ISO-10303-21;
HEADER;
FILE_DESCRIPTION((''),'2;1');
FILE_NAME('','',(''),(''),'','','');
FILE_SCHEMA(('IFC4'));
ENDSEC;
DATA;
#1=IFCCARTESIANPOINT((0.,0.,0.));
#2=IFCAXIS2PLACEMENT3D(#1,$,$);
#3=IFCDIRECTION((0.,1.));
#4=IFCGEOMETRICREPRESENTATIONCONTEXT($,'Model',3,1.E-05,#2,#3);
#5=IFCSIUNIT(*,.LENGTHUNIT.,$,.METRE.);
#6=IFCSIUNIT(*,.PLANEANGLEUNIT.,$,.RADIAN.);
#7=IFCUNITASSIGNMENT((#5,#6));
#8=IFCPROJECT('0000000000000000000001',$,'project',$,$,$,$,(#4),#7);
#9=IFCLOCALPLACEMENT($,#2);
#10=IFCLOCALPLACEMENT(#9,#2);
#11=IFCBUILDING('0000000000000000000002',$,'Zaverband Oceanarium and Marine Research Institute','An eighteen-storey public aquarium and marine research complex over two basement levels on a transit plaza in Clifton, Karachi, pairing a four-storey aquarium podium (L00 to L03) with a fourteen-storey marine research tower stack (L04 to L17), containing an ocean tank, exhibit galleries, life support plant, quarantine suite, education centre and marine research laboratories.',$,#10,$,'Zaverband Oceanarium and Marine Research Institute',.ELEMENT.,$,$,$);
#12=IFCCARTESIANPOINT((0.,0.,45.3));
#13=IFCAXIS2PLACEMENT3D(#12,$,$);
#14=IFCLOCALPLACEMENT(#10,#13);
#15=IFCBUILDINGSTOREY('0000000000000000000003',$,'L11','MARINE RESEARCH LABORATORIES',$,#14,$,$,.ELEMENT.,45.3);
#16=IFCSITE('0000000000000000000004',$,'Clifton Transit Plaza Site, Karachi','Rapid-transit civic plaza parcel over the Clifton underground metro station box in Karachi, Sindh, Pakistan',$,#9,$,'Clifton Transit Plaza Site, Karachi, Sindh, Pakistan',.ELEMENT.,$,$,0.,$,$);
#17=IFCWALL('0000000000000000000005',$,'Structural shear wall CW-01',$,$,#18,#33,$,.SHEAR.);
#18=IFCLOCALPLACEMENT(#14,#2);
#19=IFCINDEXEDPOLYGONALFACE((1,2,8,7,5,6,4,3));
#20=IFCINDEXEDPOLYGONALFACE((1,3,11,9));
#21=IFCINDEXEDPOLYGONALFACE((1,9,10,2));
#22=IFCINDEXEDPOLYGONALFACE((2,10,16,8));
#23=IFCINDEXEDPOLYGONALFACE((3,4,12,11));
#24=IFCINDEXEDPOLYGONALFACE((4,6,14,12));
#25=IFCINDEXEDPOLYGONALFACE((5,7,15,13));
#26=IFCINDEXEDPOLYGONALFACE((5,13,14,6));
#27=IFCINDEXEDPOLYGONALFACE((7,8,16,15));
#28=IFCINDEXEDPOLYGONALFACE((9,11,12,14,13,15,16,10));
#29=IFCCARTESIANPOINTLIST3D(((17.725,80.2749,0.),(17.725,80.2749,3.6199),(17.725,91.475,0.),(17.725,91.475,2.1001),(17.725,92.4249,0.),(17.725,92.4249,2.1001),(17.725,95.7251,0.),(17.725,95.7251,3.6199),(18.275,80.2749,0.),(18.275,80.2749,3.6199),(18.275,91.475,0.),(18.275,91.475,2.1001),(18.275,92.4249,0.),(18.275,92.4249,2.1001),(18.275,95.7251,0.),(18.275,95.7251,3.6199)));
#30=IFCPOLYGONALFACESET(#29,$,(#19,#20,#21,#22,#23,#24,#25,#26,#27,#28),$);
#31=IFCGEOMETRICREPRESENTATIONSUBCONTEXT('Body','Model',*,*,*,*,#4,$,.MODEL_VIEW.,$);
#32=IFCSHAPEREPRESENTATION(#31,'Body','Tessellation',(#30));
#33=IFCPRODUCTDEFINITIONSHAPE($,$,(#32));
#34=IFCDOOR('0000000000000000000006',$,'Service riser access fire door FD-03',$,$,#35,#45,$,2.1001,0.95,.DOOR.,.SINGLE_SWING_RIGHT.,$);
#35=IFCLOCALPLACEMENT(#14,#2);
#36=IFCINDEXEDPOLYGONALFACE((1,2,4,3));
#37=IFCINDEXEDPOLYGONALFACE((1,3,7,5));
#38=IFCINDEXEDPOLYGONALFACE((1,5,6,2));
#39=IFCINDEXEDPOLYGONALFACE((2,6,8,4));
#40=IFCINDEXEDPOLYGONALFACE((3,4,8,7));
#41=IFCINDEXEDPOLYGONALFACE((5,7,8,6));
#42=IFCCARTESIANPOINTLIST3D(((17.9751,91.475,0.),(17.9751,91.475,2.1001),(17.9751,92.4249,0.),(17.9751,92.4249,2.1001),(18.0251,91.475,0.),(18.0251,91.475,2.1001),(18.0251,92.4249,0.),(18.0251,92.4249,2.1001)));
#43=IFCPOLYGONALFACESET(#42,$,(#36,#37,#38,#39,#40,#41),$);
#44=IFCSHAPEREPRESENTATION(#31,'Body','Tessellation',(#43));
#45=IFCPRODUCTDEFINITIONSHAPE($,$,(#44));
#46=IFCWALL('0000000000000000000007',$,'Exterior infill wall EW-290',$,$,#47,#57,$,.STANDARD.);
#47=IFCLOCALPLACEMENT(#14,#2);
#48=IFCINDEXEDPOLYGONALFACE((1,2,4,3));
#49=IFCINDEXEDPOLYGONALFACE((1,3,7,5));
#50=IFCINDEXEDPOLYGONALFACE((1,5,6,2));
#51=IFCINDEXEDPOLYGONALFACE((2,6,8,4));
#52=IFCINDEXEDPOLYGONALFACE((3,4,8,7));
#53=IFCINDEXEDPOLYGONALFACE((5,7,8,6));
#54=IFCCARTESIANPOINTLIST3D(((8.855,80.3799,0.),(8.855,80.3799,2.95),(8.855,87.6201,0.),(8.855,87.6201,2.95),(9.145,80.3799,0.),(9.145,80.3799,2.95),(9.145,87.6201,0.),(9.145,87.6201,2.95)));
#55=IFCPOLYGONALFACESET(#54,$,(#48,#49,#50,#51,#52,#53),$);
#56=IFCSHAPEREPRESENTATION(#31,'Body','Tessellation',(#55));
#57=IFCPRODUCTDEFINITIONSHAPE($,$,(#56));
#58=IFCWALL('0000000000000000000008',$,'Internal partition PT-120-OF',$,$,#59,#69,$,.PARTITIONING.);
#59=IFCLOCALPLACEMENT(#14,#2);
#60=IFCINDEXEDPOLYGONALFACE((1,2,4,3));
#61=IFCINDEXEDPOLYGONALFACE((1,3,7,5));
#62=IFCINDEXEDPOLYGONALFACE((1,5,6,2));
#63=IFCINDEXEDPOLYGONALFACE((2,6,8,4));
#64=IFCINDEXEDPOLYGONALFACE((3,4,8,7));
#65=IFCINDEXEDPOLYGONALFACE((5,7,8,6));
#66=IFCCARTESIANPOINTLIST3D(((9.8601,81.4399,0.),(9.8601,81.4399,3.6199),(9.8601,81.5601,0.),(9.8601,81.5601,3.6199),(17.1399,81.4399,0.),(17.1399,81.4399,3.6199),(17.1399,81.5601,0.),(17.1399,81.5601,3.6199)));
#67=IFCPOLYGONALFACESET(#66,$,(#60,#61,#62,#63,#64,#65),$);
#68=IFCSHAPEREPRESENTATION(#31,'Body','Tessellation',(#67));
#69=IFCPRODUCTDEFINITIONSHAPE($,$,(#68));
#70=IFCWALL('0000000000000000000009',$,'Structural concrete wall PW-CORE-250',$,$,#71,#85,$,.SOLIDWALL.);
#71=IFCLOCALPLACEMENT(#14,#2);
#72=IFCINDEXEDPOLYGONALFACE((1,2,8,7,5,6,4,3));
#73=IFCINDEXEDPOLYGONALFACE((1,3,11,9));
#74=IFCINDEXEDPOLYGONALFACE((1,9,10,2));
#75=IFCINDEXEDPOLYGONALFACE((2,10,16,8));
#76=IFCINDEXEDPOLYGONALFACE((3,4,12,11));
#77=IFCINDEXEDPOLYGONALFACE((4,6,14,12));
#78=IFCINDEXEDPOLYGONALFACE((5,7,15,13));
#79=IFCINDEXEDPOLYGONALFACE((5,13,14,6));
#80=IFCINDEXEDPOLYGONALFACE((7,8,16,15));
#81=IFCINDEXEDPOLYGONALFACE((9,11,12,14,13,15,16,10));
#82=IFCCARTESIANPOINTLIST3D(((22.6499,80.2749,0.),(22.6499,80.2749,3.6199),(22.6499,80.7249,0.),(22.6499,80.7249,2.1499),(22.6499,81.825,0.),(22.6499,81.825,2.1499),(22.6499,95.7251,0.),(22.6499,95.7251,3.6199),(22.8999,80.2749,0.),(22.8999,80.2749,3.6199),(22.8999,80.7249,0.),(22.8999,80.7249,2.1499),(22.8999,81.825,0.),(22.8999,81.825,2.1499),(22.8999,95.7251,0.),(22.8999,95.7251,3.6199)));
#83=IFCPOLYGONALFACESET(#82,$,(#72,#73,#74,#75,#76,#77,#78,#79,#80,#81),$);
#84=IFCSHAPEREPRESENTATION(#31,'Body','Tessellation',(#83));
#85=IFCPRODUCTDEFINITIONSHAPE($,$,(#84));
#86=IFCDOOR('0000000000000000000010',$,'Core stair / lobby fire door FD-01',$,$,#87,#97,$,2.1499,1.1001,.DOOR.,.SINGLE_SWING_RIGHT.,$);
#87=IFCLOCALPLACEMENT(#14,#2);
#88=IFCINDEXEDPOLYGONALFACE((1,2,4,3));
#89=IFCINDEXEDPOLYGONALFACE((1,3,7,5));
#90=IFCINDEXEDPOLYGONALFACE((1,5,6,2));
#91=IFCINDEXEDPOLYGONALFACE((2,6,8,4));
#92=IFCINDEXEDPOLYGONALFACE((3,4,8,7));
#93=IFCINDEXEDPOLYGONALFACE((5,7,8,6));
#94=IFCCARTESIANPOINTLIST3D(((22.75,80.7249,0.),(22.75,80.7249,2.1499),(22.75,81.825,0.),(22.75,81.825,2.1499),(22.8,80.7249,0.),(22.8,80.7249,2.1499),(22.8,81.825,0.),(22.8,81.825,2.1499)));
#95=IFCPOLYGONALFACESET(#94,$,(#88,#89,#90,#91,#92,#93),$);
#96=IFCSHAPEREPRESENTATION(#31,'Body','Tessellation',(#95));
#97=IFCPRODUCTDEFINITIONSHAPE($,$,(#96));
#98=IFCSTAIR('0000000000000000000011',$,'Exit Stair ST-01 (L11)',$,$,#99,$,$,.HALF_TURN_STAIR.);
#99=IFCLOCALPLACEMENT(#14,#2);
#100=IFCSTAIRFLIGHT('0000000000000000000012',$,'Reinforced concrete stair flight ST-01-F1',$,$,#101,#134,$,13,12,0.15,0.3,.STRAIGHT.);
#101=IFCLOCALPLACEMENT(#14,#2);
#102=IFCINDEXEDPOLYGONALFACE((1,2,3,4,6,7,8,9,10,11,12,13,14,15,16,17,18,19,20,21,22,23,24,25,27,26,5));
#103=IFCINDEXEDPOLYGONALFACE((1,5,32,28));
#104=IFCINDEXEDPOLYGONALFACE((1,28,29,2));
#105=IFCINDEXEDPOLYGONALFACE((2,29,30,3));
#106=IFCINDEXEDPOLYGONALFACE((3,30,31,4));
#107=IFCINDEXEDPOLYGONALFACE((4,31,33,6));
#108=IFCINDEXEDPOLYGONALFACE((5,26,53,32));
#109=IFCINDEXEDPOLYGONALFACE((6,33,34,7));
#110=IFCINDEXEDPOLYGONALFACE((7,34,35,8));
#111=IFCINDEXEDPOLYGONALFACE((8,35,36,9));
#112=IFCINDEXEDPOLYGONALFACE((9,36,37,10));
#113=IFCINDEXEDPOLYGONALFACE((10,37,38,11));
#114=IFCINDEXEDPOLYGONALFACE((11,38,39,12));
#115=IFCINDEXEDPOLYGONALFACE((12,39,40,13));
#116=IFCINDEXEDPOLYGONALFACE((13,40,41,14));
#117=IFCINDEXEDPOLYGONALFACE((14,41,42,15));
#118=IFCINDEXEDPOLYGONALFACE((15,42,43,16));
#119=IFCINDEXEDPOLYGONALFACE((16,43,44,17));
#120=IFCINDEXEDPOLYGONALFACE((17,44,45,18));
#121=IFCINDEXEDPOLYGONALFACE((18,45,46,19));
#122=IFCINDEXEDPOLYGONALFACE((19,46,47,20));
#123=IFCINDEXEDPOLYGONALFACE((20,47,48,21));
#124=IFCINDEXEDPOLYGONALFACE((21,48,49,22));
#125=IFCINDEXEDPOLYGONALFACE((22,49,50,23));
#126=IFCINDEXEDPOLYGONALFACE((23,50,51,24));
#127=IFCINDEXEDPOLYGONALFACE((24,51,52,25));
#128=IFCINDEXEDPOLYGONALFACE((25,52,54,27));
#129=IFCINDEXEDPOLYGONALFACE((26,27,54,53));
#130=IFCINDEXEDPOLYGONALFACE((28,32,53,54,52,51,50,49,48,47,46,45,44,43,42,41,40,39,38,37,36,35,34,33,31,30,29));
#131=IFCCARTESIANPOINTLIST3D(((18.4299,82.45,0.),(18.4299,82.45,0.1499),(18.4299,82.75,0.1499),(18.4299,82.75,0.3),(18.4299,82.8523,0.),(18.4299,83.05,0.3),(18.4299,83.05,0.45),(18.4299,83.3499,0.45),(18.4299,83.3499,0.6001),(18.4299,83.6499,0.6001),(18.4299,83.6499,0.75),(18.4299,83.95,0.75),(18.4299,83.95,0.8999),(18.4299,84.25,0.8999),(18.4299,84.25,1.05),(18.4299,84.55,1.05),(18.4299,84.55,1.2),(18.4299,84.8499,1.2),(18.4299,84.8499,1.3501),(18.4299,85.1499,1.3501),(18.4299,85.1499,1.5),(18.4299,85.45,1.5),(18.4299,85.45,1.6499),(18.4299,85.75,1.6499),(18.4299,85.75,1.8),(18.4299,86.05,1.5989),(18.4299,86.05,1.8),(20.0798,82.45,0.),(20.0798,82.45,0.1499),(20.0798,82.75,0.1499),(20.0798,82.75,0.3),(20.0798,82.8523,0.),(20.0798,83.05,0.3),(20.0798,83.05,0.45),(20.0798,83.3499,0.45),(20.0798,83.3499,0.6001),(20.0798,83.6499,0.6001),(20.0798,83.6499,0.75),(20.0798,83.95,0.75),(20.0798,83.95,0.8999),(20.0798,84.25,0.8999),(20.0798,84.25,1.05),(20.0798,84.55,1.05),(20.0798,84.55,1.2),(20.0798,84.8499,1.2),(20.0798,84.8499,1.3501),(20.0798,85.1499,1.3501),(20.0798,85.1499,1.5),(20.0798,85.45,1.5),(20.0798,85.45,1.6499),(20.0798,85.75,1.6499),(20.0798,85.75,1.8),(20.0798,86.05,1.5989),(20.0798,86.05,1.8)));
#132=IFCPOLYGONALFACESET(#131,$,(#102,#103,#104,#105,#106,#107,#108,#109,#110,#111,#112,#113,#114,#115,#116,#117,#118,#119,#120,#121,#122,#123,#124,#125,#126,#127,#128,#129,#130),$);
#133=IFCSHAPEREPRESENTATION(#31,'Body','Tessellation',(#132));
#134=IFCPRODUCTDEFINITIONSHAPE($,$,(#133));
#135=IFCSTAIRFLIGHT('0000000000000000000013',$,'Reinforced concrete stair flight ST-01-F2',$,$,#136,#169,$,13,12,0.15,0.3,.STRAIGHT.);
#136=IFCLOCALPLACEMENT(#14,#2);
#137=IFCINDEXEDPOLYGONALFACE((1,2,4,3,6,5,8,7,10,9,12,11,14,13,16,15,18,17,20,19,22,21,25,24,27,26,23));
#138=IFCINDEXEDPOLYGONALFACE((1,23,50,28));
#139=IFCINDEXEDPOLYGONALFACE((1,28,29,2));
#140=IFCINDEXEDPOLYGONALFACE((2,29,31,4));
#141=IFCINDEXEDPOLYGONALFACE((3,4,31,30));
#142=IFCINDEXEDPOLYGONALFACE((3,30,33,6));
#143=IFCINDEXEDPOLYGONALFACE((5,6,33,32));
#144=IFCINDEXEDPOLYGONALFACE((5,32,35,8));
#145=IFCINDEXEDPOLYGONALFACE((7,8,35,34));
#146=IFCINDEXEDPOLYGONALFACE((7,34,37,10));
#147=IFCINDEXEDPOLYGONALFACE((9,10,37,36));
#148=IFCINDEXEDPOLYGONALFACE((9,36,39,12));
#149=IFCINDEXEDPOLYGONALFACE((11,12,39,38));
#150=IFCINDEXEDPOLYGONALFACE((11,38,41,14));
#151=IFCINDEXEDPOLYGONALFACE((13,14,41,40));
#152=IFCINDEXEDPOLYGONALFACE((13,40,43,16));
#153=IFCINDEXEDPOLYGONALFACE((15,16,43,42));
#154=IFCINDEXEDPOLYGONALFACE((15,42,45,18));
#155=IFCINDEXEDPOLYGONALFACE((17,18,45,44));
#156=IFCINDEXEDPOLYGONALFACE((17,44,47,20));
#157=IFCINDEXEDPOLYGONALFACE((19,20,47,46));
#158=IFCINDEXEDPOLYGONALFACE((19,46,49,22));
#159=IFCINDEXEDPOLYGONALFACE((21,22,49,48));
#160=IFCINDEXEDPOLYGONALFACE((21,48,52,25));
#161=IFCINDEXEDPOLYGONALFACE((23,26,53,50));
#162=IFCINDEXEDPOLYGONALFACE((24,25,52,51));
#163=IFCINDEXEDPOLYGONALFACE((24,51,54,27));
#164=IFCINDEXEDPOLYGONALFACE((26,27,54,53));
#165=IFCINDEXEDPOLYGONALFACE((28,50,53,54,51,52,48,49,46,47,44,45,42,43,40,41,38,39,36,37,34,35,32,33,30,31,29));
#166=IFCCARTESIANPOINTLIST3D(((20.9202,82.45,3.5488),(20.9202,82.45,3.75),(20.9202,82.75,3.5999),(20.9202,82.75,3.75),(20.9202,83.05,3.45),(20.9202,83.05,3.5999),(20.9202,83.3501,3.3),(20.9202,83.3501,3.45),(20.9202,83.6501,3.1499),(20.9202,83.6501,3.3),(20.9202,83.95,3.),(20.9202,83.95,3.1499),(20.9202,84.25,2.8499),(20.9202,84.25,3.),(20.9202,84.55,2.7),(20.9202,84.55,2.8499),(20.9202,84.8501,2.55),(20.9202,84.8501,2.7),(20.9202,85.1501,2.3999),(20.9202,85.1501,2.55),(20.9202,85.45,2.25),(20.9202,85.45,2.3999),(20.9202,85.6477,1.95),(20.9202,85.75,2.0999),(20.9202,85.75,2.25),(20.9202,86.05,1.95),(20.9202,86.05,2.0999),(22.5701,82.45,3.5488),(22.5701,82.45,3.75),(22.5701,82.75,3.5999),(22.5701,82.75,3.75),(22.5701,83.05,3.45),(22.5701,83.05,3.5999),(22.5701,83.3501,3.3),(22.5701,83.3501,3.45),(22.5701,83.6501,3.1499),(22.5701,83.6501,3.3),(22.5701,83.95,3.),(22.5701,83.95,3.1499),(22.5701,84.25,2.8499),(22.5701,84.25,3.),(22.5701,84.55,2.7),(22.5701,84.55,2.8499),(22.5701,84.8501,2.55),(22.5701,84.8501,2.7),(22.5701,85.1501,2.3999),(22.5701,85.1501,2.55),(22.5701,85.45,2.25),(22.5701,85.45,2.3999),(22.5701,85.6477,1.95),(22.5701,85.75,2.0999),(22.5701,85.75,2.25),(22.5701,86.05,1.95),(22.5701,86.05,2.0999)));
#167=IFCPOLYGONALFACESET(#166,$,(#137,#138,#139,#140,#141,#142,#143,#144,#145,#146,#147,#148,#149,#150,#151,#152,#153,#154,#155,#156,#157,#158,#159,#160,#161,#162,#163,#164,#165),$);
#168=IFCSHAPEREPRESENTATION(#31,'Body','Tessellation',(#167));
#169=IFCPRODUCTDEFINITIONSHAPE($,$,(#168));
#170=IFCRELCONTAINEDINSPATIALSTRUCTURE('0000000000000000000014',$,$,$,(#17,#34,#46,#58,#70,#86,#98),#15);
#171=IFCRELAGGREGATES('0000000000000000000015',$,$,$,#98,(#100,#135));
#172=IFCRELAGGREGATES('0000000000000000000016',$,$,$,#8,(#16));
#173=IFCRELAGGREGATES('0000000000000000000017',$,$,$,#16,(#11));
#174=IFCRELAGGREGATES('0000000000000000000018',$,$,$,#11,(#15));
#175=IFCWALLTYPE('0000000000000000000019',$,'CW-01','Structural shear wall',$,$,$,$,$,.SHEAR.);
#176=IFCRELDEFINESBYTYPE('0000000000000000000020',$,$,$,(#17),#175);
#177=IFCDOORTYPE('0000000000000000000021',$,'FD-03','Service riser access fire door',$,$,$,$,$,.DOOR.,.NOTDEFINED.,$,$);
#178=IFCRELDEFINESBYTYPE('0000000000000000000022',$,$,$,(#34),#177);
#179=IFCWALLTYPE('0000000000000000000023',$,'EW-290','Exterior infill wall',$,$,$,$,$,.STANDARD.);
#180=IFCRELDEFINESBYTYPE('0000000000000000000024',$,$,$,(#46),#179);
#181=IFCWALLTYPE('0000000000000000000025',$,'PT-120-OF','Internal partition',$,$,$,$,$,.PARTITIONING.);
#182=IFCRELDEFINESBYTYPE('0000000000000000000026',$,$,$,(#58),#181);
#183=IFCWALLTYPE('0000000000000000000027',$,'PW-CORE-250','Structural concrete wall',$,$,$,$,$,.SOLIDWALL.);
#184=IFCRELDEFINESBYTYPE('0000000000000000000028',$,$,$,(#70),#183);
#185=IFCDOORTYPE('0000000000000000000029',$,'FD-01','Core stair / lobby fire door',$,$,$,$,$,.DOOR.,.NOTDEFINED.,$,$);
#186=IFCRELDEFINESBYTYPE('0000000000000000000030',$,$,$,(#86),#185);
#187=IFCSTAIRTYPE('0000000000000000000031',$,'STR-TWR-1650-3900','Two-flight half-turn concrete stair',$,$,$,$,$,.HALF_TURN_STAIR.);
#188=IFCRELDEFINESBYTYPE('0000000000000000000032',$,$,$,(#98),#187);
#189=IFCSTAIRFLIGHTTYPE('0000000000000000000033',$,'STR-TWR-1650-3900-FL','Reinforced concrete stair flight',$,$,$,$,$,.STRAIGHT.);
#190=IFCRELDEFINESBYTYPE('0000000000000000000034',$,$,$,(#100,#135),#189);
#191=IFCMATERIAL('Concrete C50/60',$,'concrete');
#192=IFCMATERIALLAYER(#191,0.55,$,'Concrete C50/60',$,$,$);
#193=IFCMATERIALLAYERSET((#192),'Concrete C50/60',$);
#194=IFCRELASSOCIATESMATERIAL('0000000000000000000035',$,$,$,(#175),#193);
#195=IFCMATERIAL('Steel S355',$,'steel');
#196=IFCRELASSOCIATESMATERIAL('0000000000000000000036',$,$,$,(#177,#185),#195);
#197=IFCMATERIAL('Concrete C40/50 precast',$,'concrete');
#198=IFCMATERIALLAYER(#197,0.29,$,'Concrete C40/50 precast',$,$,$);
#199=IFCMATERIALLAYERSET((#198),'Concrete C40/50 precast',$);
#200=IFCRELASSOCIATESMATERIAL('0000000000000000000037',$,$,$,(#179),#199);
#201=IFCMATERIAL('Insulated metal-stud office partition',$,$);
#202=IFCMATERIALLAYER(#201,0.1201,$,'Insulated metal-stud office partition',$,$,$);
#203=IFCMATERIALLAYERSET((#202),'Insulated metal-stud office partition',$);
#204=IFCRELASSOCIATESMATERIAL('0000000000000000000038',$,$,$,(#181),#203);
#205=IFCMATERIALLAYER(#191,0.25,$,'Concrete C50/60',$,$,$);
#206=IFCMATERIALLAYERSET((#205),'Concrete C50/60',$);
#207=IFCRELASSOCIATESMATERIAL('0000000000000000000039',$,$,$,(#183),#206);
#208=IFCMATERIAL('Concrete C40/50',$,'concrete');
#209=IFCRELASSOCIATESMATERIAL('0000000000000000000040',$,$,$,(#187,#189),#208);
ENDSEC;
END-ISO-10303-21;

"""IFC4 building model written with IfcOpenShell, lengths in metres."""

from ifc_helpers import new_model, si_unit, direction, frame, frame_2d, origin, place, context, subcontext, project, spatial, polyline, rectangle, outline, extrude, material, layer, layer_set, type_object, element, fill, aggregate, save


model = new_model("IFC4")

# Units and contexts
model_context = context("Model", 3, precision=1e-05, world=origin(), true_north=direction((0.0, 1.0)))
body_context = subcontext(model_context, "Body", "Model", "MODEL_VIEW")
ifc_project = project(units=[si_unit("LENGTHUNIT", "METRE"), si_unit("PLANEANGLEUNIT", "RADIAN")], contexts=[model_context])

# Site, building, storey
site_placement = place(None, origin())
site = spatial("IfcSite", under=ifc_project, at=site_placement, Name="Clifton Transit Plaza Site, Karachi", Description="Rapid-transit civic plaza parcel over the Clifton underground metro station box in Karachi, Sindh, Pakistan", LongName="Clifton Transit Plaza Site, Karachi, Sindh, Pakistan", CompositionType="ELEMENT", RefElevation=0.0)
building_placement = place(site_placement, origin())
building = spatial("IfcBuilding", under=site, at=building_placement, Name="Zaverband Oceanarium and Marine Research Institute", Description="An eighteen-storey public aquarium and marine research complex over two basement levels on a transit plaza in Clifton, Karachi, pairing a four-storey aquarium podium (L00 to L03) with a fourteen-storey marine research tower stack (L04 to L17), containing an ocean tank, exhibit galleries, life support plant, quarantine suite, education centre and marine research laboratories.", LongName="Zaverband Oceanarium and Marine Research Institute", CompositionType="ELEMENT")
storey_placement = place(building_placement, frame((0.0, 0.0, 45.3)))
storey = spatial("IfcBuildingStorey", under=building, at=storey_placement, Name="L11", Description="MARINE RESEARCH LABORATORIES", CompositionType="ELEMENT", Elevation=45.3)

# Shared definitions
ifc_material_1 = material(Name="Concrete C50/60", Category="concrete")

# Shared definitions
ifc_material_2 = material(Name="Concrete C40/50", Category="concrete")

# Wall, opening, door
ifc_layer_1 = layer(ifc_material_1, 0.55, Name="Concrete C50/60")
ifc_layer_set_1 = layer_set([ifc_layer_1], Name="Concrete C50/60")
wall_type_1 = type_object("IfcWallType", Name="CW-01", Description="Structural shear wall", PredefinedType="SHEAR", material=ifc_layer_set_1)
ifc_material_3 = material(Name="Steel S355", Category="steel")
wall_1_placement = place(storey_placement, frame((18.0, 80.2749, 0.0), z_axis=(0.0, 0.0, 1.0), x_axis=(0.0, 1.0, 0.0)))
wall_1 = element("IfcWall", 1, at=wall_1_placement, inside=storey, type_object=wall_type_1, Name="Structural shear wall CW-01", PredefinedType="SHEAR", context=body_context, shape_type="SweptSolid", body=[
    extrude(rectangle(XDim=15.4502, YDim=0.55, at=frame_2d((7.7251, 0.0))), origin(), (0.0, 0.0, 1.0), 3.6199),
])
opening_1_placement = place(wall_1_placement, frame((11.2, 0.0, 0.0)))
opening_1 = element("IfcOpeningElement", 2, at=opening_1_placement, cuts=wall_1, PredefinedType="OPENING", context=body_context, shape_type="SweptSolid", body=[
    extrude(rectangle(XDim=0.95, YDim=2.1001, at=frame_2d((0.4751, 1.05))), frame((0.0, 0.2871, 0.0), z_axis=(0.0, -1.0, 0.0), x_axis=(1.0, 0.0, 0.0)), (0.0, 0.0, 1.0), 0.574),
])
door_type_1 = type_object("IfcDoorType", Name="FD-03", Description="Service riser access fire door", OperationType="NOTDEFINED", PredefinedType="DOOR", material=ifc_material_3)
door_1_placement = place(opening_1_placement, origin())
door_1 = element("IfcDoor", 3, at=door_1_placement, inside=storey, type_object=door_type_1, Name="Service riser access fire door FD-03", OperationType="SINGLE_SWING_RIGHT", OverallHeight=2.1001, OverallWidth=0.95, PredefinedType="DOOR", context=body_context, shape_type="SweptSolid", body=[
    extrude(rectangle(XDim=0.95, YDim=2.1001, at=frame_2d((0.4751, 1.05))), frame((0.0, 0.0249, 0.0), z_axis=(0.0, -1.0, 0.0), x_axis=(1.0, 0.0, 0.0)), (0.0, 0.0, 1.0), 0.05),
])
fill(opening_1, door_1)

# Walls
ifc_material_4 = material(Name="Concrete C40/50 precast", Category="concrete")
ifc_layer_2 = layer(ifc_material_4, 0.29, Name="Concrete C40/50 precast")
ifc_layer_set_2 = layer_set([ifc_layer_2], Name="Concrete C40/50 precast")
wall_type_2 = type_object("IfcWallType", Name="EW-290", Description="Exterior infill wall", PredefinedType="STANDARD", material=ifc_layer_set_2)
wall_2_placement = place(storey_placement, frame((9.0, 80.3799, 0.0), z_axis=(0.0, 0.0, 1.0), x_axis=(0.0, 1.0, 0.0)))
element("IfcWall", 4, at=wall_2_placement, inside=storey, type_object=wall_type_2, Name="Exterior infill wall EW-290", PredefinedType="STANDARD", context=body_context, shape_type="SweptSolid", body=[
    extrude(rectangle(XDim=7.2402, YDim=0.29, at=frame_2d((3.6201, 0.0))), origin(), (0.0, 0.0, 1.0), 2.95),
])
ifc_material_5 = material(Name="Insulated metal-stud office partition")
ifc_layer_3 = layer(ifc_material_5, 0.1201, Name="Insulated metal-stud office partition")
ifc_layer_set_3 = layer_set([ifc_layer_3], Name="Insulated metal-stud office partition")
wall_type_3 = type_object("IfcWallType", Name="PT-120-OF", Description="Internal partition", PredefinedType="PARTITIONING", material=ifc_layer_set_3)
wall_3_placement = place(storey_placement, frame((9.8601, 81.5, 0.0), z_axis=(0.0, 0.0, 1.0), x_axis=(1.0, 0.0, 0.0)))
element("IfcWall", 5, at=wall_3_placement, inside=storey, type_object=wall_type_3, Name="Internal partition PT-120-OF", PredefinedType="PARTITIONING", context=body_context, shape_type="SweptSolid", body=[
    extrude(rectangle(XDim=7.2798, YDim=0.1201, at=frame_2d((3.6399, 0.0))), origin(), (0.0, 0.0, 1.0), 3.6199),
])

# Wall, opening, door
ifc_layer_4 = layer(ifc_material_1, 0.25, Name="Concrete C50/60")
ifc_layer_set_4 = layer_set([ifc_layer_4], Name="Concrete C50/60")
wall_type_4 = type_object("IfcWallType", Name="PW-CORE-250", Description="Structural concrete wall", PredefinedType="SOLIDWALL", material=ifc_layer_set_4)
wall_4_placement = place(storey_placement, frame((22.7749, 80.2749, 0.0), z_axis=(0.0, 0.0, 1.0), x_axis=(0.0, 1.0, 0.0)))
wall_4 = element("IfcWall", 6, at=wall_4_placement, inside=storey, type_object=wall_type_4, Name="Structural concrete wall PW-CORE-250", PredefinedType="SOLIDWALL", context=body_context, shape_type="SweptSolid", body=[
    extrude(rectangle(XDim=15.4502, YDim=0.25, at=frame_2d((7.7251, 0.0))), origin(), (0.0, 0.0, 1.0), 3.6199),
])
opening_2_placement = place(wall_4_placement, frame((0.45, 0.0, 0.0)))
opening_2 = element("IfcOpeningElement", 7, at=opening_2_placement, cuts=wall_4, PredefinedType="OPENING", context=body_context, shape_type="SweptSolid", body=[
    extrude(rectangle(XDim=1.1001, YDim=2.1499, at=frame_2d((0.55, 1.075))), frame((0.0, 0.137, 0.0), z_axis=(0.0, -1.0, 0.0), x_axis=(1.0, 0.0, 0.0)), (0.0, 0.0, 1.0), 0.2739),
])
door_type_2 = type_object("IfcDoorType", Name="FD-01", Description="Core stair / lobby fire door", OperationType="NOTDEFINED", PredefinedType="DOOR", material=ifc_material_3)
door_2_placement = place(opening_2_placement, origin())
door_2 = element("IfcDoor", 8, at=door_2_placement, inside=storey, type_object=door_type_2, Name="Core stair / lobby fire door FD-01", OperationType="SINGLE_SWING_RIGHT", OverallHeight=2.1499, OverallWidth=1.1001, PredefinedType="DOOR", context=body_context, shape_type="SweptSolid", body=[
    extrude(rectangle(XDim=1.1001, YDim=2.1499, at=frame_2d((0.55, 1.075))), frame((0.0, 0.0249, 0.0), z_axis=(0.0, -1.0, 0.0), x_axis=(1.0, 0.0, 0.0)), (0.0, 0.0, 1.0), 0.05),
])
fill(opening_2, door_2)

# Stair, stair flights
stair_type = type_object("IfcStairType", Name="STR-TWR-1650-3900", Description="Two-flight half-turn concrete stair", PredefinedType="HALF_TURN_STAIR", material=ifc_material_2)
stair_placement = place(storey_placement, origin())
stair = element("IfcStair", 9, at=stair_placement, inside=storey, type_object=stair_type, Name="Exit Stair ST-01 (L11)", PredefinedType="HALF_TURN_STAIR")
stair_flight_type = type_object("IfcStairFlightType", Name="STR-TWR-1650-3900-FL", Description="Reinforced concrete stair flight", PredefinedType="STRAIGHT", material=ifc_material_2)
stair_flight_1_placement = place(storey_placement, frame((19.2549, 82.45, 0.0), z_axis=(0.0, 0.0, 1.0), x_axis=(0.0, 1.0, 0.0)))
stair_flight_1 = element("IfcStairFlight", 10, at=stair_flight_1_placement, type_object=stair_flight_type, Name="Reinforced concrete stair flight ST-01-F1", NumberOfRisers=13, NumberOfTreads=12, PredefinedType="STRAIGHT", RiserHeight=0.15, TreadLength=0.3, context=body_context, shape_type="SweptSolid", body=[
    extrude(outline(polyline([(0.0, 0.0), (0.0, 0.1499), (0.3, 0.1499), (0.3, 0.3), (0.6001, 0.3), (0.6001, 0.45), (0.8999, 0.45), (0.8999, 0.6001), (1.2, 0.6001), (1.2, 0.75), (1.5, 0.75), (1.5, 0.8999), (1.8, 0.8999), (1.8, 1.05), (2.1001, 1.05), (2.1001, 1.2), (2.3999, 1.2), (2.3999, 1.3501), (2.7, 1.3501), (2.7, 1.5), (3.0, 1.5), (3.0, 1.6499), (3.3, 1.6499), (3.3, 1.8), (3.6001, 1.8), (3.6001, 1.95), (3.6001, 1.5989), (0.4023, 0.0), (0.0, 0.0)])), frame((0.0, 0.825, 0.0), z_axis=(0.0, -1.0, 0.0), x_axis=(1.0, 0.0, 0.0)), (0.0, 0.0, 1.0), 1.6499),
])
stair_flight_2_placement = place(storey_placement, frame((21.7451, 86.05, 1.95), z_axis=(0.0, 0.0, 1.0), x_axis=(0.0, -1.0, 0.0)))
stair_flight_2 = element("IfcStairFlight", 11, at=stair_flight_2_placement, type_object=stair_flight_type, Name="Reinforced concrete stair flight ST-01-F2", NumberOfRisers=13, NumberOfTreads=12, PredefinedType="STRAIGHT", RiserHeight=0.15, TreadLength=0.3, context=body_context, shape_type="SweptSolid", body=[
    extrude(outline(polyline([(0.0, 0.0), (0.0, 0.1499), (0.3, 0.1499), (0.3, 0.3), (0.6001, 0.3), (0.6001, 0.45), (0.8999, 0.45), (0.8999, 0.6001), (1.2, 0.6001), (1.2, 0.75), (1.5, 0.75), (1.5, 0.8999), (1.8, 0.8999), (1.8, 1.05), (2.1001, 1.05), (2.1001, 1.2), (2.3999, 1.2), (2.3999, 1.3501), (2.7, 1.3501), (2.7, 1.5), (3.0, 1.5), (3.0, 1.6499), (3.3, 1.6499), (3.3, 1.8), (3.6001, 1.8), (3.6001, 1.95), (3.6001, 1.5989), (0.4023, 0.0), (0.0, 0.0)])), frame((0.0, 0.825, 0.0), z_axis=(0.0, -1.0, 0.0), x_axis=(1.0, 0.0, 0.0)), (0.0, 0.0, 1.0), 1.6499),
])
aggregate(stair, [stair_flight_1, stair_flight_2])

save(model, "model.ifc")
